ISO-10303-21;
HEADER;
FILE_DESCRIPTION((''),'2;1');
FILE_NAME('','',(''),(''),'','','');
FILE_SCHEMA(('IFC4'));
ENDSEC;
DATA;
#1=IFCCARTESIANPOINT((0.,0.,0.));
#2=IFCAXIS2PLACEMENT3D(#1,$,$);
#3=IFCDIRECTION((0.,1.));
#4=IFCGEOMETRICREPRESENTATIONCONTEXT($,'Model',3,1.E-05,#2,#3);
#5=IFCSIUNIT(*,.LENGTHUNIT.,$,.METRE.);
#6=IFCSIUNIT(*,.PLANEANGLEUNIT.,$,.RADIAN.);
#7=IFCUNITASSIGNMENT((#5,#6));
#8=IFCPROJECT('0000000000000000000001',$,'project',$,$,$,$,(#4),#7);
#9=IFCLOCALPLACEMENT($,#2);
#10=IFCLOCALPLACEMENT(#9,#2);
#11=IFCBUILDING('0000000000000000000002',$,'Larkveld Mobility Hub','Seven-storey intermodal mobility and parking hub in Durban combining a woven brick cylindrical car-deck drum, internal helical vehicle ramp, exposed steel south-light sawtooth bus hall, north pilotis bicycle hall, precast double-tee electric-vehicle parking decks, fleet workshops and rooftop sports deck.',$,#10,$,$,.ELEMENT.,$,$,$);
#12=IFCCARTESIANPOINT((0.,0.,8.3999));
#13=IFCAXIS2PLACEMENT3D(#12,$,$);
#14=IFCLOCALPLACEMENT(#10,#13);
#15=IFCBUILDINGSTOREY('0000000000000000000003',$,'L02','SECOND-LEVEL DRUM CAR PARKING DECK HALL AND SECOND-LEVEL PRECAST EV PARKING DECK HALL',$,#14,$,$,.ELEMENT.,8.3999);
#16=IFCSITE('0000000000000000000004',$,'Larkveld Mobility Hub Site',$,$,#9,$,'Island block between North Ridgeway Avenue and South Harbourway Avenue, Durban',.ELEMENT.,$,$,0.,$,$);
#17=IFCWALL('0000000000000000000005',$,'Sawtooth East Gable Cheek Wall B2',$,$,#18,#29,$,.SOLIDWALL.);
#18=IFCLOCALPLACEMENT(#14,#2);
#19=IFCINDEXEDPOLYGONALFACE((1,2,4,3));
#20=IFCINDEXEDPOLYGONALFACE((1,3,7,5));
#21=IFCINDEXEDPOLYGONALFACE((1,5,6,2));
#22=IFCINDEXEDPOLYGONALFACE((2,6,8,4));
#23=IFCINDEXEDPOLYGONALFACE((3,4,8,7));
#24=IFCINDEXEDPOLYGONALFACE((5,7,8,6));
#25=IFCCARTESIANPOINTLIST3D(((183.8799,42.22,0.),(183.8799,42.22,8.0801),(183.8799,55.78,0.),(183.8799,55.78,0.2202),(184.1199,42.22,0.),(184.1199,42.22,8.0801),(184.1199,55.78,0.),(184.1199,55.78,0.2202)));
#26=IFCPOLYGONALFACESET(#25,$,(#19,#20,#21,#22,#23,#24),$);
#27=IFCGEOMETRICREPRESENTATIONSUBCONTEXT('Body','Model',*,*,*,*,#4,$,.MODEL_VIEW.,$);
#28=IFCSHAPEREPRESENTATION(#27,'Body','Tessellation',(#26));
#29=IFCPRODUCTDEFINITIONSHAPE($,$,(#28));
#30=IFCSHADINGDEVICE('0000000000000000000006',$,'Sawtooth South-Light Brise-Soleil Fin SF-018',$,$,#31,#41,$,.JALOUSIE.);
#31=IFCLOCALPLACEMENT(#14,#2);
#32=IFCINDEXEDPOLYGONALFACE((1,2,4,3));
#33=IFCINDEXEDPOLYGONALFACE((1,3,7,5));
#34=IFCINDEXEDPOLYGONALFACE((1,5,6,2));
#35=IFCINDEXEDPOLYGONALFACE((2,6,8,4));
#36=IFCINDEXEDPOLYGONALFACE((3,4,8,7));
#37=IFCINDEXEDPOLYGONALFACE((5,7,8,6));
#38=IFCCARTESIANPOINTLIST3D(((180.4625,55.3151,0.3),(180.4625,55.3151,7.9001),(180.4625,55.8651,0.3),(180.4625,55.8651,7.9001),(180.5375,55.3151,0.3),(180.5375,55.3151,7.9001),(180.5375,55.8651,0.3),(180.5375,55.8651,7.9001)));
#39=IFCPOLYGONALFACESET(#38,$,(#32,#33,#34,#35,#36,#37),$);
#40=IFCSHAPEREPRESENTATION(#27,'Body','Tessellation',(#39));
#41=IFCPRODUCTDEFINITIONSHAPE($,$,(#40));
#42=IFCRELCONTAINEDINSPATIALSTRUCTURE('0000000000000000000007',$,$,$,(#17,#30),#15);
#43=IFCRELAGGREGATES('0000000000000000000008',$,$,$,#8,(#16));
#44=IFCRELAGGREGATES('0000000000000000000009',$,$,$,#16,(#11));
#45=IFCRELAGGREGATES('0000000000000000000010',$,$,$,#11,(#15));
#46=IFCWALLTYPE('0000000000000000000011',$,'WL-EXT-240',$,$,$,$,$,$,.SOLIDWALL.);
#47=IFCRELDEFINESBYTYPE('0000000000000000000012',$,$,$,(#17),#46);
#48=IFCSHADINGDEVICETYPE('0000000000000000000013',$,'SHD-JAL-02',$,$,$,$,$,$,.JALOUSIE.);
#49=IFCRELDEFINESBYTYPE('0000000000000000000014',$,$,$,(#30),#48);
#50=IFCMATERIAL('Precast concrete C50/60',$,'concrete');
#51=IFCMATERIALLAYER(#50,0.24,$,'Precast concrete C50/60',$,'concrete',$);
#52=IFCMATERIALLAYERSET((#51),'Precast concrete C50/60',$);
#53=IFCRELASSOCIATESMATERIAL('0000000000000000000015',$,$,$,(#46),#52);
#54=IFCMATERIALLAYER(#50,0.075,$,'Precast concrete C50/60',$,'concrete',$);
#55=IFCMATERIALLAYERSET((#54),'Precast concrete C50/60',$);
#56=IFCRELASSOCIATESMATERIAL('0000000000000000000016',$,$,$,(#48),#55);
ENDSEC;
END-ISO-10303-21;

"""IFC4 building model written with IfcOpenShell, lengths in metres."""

from ifc_helpers import new_model, si_unit, direction, frame, origin, origin_2d, place, context, subcontext, project, spatial, polyline, rectangle, outline, extrude, material, layer, layer_set, type_object, element, save


model = new_model("IFC4")

# Units and contexts
model_context = context("Model", 3, precision=1e-05, world=origin(), true_north=direction((0.0, 1.0)))
body_context = subcontext(model_context, "Body", "Model", "MODEL_VIEW")
ifc_project = project(units=[si_unit("LENGTHUNIT", "METRE"), si_unit("PLANEANGLEUNIT", "RADIAN")], contexts=[model_context])

# Site, building, storey
site_placement = place(None, origin())
site = spatial("IfcSite", under=ifc_project, at=site_placement, Name="Larkveld Mobility Hub Site", LongName="Island block between North Ridgeway Avenue and South Harbourway Avenue, Durban", CompositionType="ELEMENT", RefElevation=0.0)
building_placement = place(site_placement, origin())
building = spatial("IfcBuilding", under=site, at=building_placement, Name="Larkveld Mobility Hub", Description="Seven-storey intermodal mobility and parking hub in Durban combining a woven brick cylindrical car-deck drum, internal helical vehicle ramp, exposed steel south-light sawtooth bus hall, north pilotis bicycle hall, precast double-tee electric-vehicle parking decks, fleet workshops and rooftop sports deck.", CompositionType="ELEMENT")
storey_placement = place(building_placement, frame((0.0, 0.0, 8.3999)))
storey = spatial("IfcBuildingStorey", under=building, at=storey_placement, Name="L02", Description="SECOND-LEVEL DRUM CAR PARKING DECK HALL AND SECOND-LEVEL PRECAST EV PARKING DECK HALL", CompositionType="ELEMENT", Elevation=8.3999)

# Wall
ifc_material_1 = material(Name="Precast concrete C50/60", Category="concrete")
ifc_layer_1 = layer(ifc_material_1, 0.24, Name="Precast concrete C50/60", Category="concrete")
ifc_layer_set_1 = layer_set([ifc_layer_1], Name="Precast concrete C50/60")
wall_type = type_object("IfcWallType", Name="WL-EXT-240", PredefinedType="SOLIDWALL", material=ifc_layer_set_1)
wall_placement = place(storey_placement, frame((184.0, 42.22, 0.0), z_axis=(0.0, 0.0, 1.0), x_axis=(0.0, 1.0, 0.0)))
element("IfcWall", 1, at=wall_placement, inside=storey, type_object=wall_type, Name="Sawtooth East Gable Cheek Wall B2", PredefinedType="SOLIDWALL", context=body_context, shape_type="SweptSolid", body=[
    extrude(outline(polyline([(0.0, 0.0), (13.5601, 0.0), (13.5601, 0.2202), (0.0, 8.0801), (0.0, 0.0)])), frame((0.0, 0.1201, 0.0), z_axis=(0.0, -1.0, 0.0), x_axis=(1.0, 0.0, 0.0)), (0.0, 0.0, 1.0), 0.24),
])

# Shading device
ifc_layer_2 = layer(ifc_material_1, 0.075, Name="Precast concrete C50/60", Category="concrete")
ifc_layer_set_2 = layer_set([ifc_layer_2], Name="Precast concrete C50/60")
shading_device_type = type_object("IfcShadingDeviceType", Name="SHD-JAL-02", PredefinedType="JALOUSIE", material=ifc_layer_set_2)
shading_device_placement = place(storey_placement, frame((180.5, 55.5901, 0.3), z_axis=(0.0, 0.0, 1.0), x_axis=(1.0, 0.0, 0.0)))
element("IfcShadingDevice", 2, at=shading_device_placement, inside=storey, type_object=shading_device_type, Name="Sawtooth South-Light Brise-Soleil Fin SF-018", PredefinedType="JALOUSIE", context=body_context, shape_type="SweptSolid", body=[
    extrude(rectangle(XDim=0.075, YDim=0.55, at=origin_2d()), origin(), (0.0, 0.0, 1.0), 7.6001),
])

save(model, "model.ifc")
